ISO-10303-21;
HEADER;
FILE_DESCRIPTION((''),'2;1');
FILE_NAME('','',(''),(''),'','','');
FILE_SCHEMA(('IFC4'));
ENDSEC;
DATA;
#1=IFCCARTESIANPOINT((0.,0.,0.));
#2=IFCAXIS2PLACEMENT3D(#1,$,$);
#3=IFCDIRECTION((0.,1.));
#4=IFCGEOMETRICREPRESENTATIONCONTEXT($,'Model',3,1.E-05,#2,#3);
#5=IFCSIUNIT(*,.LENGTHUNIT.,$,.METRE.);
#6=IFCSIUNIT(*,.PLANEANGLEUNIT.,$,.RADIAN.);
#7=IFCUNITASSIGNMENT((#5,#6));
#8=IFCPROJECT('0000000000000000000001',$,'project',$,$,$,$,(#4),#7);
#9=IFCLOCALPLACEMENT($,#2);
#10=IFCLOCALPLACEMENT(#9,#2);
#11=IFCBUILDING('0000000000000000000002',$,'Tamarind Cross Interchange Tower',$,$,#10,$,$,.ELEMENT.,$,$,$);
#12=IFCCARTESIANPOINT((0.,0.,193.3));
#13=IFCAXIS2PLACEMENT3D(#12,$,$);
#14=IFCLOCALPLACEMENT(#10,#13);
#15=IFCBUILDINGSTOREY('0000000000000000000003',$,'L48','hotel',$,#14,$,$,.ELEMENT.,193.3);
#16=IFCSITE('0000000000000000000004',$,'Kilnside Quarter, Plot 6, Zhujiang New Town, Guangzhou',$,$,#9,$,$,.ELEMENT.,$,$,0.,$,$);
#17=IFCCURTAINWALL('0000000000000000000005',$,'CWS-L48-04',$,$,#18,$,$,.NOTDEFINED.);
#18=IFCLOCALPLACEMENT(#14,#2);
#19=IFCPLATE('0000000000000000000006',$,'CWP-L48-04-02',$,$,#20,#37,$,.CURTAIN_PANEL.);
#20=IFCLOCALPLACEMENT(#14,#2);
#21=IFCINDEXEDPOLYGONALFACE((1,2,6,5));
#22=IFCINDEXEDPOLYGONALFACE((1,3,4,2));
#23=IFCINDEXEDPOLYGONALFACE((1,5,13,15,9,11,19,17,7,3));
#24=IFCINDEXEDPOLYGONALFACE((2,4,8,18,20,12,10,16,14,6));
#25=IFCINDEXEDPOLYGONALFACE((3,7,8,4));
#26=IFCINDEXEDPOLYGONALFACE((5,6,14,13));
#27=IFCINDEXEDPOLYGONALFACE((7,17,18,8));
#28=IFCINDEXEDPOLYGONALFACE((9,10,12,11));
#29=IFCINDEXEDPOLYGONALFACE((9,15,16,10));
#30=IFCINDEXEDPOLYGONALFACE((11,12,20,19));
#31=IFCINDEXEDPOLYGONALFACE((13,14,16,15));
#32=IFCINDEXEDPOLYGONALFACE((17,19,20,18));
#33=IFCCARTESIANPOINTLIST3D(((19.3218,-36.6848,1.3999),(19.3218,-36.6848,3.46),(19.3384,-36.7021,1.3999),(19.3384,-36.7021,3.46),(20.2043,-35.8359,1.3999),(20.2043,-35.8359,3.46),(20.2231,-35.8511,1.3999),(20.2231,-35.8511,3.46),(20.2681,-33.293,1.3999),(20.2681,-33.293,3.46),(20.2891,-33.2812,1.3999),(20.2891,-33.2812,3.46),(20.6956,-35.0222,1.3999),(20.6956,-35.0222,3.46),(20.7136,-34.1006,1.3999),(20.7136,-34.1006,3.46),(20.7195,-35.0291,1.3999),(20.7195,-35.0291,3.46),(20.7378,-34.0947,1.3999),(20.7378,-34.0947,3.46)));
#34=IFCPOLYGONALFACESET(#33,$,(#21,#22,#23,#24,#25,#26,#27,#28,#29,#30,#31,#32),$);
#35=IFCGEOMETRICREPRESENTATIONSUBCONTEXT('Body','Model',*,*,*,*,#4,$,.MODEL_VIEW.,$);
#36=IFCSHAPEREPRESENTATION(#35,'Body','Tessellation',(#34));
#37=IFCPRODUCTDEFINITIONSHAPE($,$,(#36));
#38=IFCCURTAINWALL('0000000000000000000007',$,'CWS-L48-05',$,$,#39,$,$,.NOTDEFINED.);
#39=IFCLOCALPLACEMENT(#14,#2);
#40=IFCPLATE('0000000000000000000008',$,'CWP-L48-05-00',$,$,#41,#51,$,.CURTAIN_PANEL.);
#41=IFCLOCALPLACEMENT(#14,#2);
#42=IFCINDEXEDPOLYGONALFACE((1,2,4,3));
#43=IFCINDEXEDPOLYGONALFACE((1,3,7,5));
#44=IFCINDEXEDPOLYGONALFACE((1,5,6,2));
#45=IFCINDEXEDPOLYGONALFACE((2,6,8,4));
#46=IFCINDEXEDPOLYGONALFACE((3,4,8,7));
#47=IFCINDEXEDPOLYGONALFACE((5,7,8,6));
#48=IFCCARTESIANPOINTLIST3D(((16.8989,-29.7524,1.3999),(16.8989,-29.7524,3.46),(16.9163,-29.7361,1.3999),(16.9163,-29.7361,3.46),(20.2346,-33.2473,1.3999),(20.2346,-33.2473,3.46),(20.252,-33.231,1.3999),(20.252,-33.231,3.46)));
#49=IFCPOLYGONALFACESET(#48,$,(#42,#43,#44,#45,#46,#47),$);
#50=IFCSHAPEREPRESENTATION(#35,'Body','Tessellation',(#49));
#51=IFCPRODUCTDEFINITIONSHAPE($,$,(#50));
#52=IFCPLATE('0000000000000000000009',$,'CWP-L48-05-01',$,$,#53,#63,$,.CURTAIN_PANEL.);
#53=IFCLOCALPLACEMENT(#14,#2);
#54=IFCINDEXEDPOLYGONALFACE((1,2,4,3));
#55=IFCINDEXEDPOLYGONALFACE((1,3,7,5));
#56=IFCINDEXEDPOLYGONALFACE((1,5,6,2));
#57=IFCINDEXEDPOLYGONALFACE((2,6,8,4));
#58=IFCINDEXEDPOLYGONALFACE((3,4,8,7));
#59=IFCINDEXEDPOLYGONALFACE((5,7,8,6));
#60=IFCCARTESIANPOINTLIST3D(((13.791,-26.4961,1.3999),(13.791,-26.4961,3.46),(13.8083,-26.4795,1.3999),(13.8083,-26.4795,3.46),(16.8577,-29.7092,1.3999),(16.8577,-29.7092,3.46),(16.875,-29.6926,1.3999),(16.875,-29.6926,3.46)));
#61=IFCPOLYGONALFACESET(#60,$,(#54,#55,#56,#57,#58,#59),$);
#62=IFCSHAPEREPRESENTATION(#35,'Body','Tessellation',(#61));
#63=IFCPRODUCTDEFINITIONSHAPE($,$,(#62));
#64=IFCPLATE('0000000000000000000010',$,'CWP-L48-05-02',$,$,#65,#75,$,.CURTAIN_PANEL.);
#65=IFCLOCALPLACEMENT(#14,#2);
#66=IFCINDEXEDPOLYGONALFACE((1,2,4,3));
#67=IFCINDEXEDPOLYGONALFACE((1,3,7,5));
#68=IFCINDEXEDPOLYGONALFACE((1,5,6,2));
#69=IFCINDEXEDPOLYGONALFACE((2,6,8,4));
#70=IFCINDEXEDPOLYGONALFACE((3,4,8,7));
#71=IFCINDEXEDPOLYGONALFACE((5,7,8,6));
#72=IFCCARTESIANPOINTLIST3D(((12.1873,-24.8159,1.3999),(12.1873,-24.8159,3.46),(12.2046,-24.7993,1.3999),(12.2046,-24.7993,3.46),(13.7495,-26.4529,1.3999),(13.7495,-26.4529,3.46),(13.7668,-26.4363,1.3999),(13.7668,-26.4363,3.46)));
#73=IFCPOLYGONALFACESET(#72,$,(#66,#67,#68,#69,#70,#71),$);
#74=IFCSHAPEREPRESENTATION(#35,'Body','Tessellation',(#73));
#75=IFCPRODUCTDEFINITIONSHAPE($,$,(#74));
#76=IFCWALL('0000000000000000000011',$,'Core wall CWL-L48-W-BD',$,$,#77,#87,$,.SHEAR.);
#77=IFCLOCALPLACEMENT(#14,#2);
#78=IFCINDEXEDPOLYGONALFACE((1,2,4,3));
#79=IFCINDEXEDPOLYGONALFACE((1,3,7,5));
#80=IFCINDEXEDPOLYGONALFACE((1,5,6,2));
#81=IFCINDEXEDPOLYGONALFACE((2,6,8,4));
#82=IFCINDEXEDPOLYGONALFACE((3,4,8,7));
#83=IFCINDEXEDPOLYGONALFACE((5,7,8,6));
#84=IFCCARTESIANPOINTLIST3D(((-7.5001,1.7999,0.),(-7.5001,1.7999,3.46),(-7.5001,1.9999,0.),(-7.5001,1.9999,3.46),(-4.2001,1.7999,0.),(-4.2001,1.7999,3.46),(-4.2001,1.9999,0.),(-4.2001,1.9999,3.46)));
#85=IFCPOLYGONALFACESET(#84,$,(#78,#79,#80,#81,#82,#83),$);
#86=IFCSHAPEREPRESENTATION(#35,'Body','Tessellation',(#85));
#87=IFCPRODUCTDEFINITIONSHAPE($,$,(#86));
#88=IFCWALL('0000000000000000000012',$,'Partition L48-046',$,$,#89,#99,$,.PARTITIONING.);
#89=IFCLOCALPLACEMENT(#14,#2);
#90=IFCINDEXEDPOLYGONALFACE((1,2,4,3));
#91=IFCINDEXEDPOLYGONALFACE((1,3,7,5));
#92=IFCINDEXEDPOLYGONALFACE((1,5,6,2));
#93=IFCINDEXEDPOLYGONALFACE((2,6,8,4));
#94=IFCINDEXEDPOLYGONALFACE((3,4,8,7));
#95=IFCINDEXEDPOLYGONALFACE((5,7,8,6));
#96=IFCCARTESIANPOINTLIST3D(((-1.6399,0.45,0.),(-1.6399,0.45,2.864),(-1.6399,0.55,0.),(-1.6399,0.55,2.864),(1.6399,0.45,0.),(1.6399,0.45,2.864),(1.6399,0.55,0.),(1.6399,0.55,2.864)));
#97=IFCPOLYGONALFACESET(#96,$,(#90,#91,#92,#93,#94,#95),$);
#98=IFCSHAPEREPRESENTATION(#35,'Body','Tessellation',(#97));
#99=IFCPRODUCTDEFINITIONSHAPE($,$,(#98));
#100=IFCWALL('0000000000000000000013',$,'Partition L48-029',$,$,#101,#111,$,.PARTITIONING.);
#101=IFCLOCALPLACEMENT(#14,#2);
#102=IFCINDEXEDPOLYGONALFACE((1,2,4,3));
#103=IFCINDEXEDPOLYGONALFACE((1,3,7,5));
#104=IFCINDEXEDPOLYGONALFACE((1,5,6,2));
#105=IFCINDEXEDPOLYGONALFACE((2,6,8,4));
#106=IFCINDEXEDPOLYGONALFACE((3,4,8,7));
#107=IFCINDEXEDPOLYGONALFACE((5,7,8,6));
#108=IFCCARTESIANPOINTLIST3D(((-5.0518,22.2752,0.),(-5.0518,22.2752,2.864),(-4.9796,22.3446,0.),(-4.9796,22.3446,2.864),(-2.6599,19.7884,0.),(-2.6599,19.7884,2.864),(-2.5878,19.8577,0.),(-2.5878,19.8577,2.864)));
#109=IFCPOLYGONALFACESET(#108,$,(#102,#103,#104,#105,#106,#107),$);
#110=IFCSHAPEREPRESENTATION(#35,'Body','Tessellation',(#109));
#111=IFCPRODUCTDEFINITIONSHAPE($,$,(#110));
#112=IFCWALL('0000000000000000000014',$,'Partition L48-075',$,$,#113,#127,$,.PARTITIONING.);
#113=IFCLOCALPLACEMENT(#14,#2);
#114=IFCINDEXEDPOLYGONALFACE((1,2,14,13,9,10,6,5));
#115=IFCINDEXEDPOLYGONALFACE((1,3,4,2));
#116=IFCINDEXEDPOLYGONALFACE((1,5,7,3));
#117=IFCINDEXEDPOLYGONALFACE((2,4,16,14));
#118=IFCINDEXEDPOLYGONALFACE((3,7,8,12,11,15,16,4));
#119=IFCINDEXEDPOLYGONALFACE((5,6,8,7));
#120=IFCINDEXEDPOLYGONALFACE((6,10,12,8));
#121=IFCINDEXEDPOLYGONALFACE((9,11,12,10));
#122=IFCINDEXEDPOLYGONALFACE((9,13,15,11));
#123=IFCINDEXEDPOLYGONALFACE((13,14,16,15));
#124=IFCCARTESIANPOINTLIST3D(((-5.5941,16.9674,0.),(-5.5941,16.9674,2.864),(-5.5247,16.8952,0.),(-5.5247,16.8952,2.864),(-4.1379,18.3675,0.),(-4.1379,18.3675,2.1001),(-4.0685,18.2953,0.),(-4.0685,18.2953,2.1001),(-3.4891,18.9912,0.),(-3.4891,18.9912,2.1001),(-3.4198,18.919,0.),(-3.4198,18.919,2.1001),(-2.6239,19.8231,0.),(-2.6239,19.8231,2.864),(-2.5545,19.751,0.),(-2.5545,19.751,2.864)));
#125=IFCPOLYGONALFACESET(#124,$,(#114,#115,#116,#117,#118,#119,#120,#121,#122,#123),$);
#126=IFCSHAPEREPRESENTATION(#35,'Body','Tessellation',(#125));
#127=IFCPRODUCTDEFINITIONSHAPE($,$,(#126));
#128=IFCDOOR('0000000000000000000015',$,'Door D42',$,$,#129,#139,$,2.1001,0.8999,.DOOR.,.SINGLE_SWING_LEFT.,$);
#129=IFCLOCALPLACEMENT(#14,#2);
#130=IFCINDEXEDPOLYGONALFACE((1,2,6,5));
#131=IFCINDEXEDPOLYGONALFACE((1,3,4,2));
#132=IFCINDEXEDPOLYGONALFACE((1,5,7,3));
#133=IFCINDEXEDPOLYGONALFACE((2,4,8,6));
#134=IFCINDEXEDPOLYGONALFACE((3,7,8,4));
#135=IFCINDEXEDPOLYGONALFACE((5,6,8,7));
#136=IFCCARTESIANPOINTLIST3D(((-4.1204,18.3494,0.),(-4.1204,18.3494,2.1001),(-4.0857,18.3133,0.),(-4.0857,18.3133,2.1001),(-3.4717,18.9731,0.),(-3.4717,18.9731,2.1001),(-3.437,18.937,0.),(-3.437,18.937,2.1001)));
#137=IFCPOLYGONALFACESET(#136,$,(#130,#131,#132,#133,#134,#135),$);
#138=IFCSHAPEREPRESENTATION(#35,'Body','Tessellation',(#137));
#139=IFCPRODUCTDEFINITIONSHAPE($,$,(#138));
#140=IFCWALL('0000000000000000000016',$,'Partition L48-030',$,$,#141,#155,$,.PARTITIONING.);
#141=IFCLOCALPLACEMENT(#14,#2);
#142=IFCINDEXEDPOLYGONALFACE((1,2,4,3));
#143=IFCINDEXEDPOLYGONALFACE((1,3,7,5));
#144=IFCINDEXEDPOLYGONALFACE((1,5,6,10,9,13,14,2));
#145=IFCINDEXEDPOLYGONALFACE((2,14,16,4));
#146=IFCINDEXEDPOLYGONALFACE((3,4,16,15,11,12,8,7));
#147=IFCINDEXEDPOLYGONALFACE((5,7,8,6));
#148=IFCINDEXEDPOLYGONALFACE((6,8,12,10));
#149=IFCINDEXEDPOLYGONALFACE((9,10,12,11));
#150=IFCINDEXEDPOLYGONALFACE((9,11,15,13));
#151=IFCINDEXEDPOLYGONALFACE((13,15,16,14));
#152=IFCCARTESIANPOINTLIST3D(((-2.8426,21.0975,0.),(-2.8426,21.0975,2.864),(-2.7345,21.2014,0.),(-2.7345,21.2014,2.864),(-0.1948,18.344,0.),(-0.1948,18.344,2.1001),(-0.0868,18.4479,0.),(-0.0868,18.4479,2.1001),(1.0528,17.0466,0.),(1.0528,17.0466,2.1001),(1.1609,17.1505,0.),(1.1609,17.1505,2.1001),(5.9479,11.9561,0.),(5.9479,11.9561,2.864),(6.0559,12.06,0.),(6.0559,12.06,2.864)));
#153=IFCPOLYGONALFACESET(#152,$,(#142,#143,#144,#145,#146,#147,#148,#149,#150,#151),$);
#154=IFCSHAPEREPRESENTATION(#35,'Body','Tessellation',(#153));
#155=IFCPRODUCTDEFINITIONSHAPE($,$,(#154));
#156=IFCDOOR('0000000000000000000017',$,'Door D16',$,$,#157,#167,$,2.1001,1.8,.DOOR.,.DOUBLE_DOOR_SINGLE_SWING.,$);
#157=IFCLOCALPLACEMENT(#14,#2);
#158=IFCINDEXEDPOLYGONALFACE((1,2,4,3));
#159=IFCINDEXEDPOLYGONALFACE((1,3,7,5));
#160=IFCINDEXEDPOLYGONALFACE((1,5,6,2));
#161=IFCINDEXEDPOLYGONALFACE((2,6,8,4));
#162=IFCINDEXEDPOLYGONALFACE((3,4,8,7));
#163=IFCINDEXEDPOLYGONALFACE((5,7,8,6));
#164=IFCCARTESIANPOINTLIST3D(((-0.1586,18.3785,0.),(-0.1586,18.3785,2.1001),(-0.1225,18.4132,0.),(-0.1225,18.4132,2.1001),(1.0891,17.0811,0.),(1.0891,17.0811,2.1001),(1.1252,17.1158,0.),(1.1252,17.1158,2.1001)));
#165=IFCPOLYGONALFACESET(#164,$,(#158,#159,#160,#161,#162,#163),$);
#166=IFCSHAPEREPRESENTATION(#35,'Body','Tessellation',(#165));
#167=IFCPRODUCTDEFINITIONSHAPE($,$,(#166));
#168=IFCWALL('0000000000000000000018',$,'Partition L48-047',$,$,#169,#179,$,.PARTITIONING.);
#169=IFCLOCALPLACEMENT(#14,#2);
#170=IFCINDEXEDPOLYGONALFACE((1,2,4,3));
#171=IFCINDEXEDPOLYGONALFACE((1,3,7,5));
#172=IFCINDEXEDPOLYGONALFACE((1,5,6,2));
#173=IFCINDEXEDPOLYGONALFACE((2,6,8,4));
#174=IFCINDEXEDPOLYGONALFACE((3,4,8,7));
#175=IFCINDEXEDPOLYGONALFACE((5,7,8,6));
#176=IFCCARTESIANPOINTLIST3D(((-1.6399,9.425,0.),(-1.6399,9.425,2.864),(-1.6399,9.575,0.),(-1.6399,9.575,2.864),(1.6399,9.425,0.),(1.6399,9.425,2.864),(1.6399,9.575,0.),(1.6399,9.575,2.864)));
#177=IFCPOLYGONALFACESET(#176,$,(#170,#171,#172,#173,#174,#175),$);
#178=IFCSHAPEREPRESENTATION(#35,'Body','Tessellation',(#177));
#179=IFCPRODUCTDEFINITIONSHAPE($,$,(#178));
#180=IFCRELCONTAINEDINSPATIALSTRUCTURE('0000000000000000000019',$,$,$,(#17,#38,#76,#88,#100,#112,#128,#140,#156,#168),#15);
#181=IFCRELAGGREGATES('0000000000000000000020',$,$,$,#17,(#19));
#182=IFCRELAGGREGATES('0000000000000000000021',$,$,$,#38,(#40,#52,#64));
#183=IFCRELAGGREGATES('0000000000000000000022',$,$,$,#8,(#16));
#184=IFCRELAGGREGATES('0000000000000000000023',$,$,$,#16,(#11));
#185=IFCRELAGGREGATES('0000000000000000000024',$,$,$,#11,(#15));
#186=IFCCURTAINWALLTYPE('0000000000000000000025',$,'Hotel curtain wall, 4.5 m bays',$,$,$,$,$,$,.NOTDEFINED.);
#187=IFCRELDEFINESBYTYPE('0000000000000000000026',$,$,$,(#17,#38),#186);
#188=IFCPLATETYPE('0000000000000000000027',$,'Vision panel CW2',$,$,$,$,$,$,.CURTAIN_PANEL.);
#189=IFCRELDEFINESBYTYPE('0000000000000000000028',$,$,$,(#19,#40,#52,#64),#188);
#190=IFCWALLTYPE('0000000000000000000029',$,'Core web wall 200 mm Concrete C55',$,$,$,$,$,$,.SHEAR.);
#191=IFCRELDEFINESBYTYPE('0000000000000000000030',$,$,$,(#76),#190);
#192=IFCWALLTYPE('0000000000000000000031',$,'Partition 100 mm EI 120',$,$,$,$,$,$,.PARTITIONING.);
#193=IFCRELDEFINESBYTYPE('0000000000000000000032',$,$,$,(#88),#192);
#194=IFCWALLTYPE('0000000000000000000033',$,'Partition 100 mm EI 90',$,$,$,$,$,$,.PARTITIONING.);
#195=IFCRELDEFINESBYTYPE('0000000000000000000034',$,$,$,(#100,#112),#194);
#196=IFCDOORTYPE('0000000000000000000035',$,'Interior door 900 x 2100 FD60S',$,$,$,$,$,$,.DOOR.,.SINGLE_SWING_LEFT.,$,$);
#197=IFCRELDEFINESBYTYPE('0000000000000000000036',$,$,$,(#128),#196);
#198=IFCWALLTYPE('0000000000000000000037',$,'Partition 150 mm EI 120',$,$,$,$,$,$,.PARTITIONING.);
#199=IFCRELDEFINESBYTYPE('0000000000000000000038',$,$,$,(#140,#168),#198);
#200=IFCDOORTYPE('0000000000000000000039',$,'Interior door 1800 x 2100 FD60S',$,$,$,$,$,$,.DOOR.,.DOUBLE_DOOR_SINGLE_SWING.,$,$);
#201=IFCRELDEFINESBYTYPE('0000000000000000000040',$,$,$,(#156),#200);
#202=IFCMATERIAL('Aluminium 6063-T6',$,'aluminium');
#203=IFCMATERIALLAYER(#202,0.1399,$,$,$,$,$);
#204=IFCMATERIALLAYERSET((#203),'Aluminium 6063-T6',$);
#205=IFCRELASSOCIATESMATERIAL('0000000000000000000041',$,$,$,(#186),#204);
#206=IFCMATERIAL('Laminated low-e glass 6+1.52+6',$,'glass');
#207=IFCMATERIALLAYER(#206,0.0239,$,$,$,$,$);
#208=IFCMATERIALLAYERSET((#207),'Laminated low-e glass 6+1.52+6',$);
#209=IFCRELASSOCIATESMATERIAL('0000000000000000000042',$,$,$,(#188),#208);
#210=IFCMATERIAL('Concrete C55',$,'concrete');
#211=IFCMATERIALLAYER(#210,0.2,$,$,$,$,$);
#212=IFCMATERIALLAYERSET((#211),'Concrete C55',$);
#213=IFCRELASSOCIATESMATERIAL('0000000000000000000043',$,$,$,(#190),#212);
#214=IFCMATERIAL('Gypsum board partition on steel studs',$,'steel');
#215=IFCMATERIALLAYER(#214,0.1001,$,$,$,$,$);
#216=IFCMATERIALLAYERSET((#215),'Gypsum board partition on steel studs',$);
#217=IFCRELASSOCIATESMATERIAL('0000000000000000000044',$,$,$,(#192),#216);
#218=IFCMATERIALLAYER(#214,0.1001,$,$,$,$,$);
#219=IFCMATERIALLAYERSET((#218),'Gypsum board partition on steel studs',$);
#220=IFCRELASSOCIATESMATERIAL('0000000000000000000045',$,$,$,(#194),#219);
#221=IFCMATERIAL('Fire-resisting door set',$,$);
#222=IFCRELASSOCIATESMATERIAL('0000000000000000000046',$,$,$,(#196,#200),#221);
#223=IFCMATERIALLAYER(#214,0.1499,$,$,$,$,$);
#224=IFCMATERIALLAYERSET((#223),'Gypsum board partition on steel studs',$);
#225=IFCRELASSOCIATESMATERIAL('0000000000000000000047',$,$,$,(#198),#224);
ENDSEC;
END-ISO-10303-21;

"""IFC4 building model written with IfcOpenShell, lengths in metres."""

from ifc_helpers import new_model, si_unit, direction, frame, frame_2d, origin, place, context, subcontext, project, spatial, polyline, rectangle, outline, extrude, material, layer, layer_set, type_object, element, fill, aggregate, save


model = new_model("IFC4")

# Units and contexts
model_context = context("Model", 3, precision=1e-05, world=origin(), true_north=direction((0.0, 1.0)))
body_context = subcontext(model_context, "Body", "Model", "MODEL_VIEW")
ifc_project = project(units=[si_unit("LENGTHUNIT", "METRE"), si_unit("PLANEANGLEUNIT", "RADIAN")], contexts=[model_context])

# Site, building, storey
site_placement = place(None, origin())
site = spatial("IfcSite", under=ifc_project, at=site_placement, Name="Kilnside Quarter, Plot 6, Zhujiang New Town, Guangzhou", CompositionType="ELEMENT", RefElevation=0.0)
building_placement = place(site_placement, origin())
building = spatial("IfcBuilding", under=site, at=building_placement, Name="Tamarind Cross Interchange Tower", CompositionType="ELEMENT")
storey_placement = place(building_placement, frame((0.0, 0.0, 193.3)))
storey = spatial("IfcBuildingStorey", under=building, at=storey_placement, Name="L48", Description="hotel", CompositionType="ELEMENT", Elevation=193.3)

# Shared definitions
ifc_material_1 = material(Name="Concrete C55", Category="concrete")

# Curtain wall
ifc_material_2 = material(Name="Aluminium 6063-T6", Category="aluminium")
ifc_layer_1 = layer(ifc_material_2, 0.1399)
ifc_layer_set_1 = layer_set([ifc_layer_1], Name="Aluminium 6063-T6")
curtain_wall_type = type_object("IfcCurtainWallType", Name="Hotel curtain wall, 4.5 m bays", PredefinedType="NOTDEFINED", material=ifc_layer_set_1)
curtain_wall_1_placement = place(storey_placement, origin())
curtain_wall_1 = element("IfcCurtainWall", 1, at=curtain_wall_1_placement, inside=storey, type_object=curtain_wall_type, Name="CWS-L48-04", PredefinedType="NOTDEFINED")

# Plate
ifc_material_3 = material(Name="Laminated low-e glass 6+1.52+6", Category="glass")
ifc_layer_2 = layer(ifc_material_3, 0.0239)
ifc_layer_set_2 = layer_set([ifc_layer_2], Name="Laminated low-e glass 6+1.52+6")
plate_type = type_object("IfcPlateType", Name="Vision panel CW2", PredefinedType="CURTAIN_PANEL", material=ifc_layer_set_2)
plate_1_placement = place(storey_placement, frame((0.0, 0.0, 1.3999)))
plate_1 = element("IfcPlate", 2, at=plate_1_placement, type_object=plate_type, Name="CWP-L48-04-02", PredefinedType="CURTAIN_PANEL", context=body_context, shape_type="SweptSolid", body=[
    extrude(outline(polyline([(19.3218, -36.6848), (20.2043, -35.8359), (20.6956, -35.0222), (20.7136, -34.1006), (20.2681, -33.293), (20.2891, -33.2812), (20.7378, -34.0947), (20.7195, -35.0291), (20.2231, -35.8511), (19.3384, -36.7021), (19.3218, -36.6848)])), origin(), (0.0, 0.0, 1.0), 2.0601),
])
aggregate(curtain_wall_1, [plate_1])

# Curtain wall, plates
curtain_wall_2_placement = place(storey_placement, origin())
curtain_wall_2 = element("IfcCurtainWall", 3, at=curtain_wall_2_placement, inside=storey, type_object=curtain_wall_type, Name="CWS-L48-05", PredefinedType="NOTDEFINED")
plate_2_placement = place(storey_placement, frame((0.0, 0.0, 1.3999)))
plate_2 = element("IfcPlate", 4, at=plate_2_placement, type_object=plate_type, Name="CWP-L48-05-00", PredefinedType="CURTAIN_PANEL", context=body_context, shape_type="SweptSolid", body=[
    extrude(outline(polyline([(20.2346, -33.2473), (16.8989, -29.7524), (16.9163, -29.7361), (20.252, -33.231), (20.2346, -33.2473)])), origin(), (0.0, 0.0, 1.0), 2.0601),
])
plate_3_placement = place(storey_placement, frame((0.0, 0.0, 1.3999)))
plate_3 = element("IfcPlate", 5, at=plate_3_placement, type_object=plate_type, Name="CWP-L48-05-01", PredefinedType="CURTAIN_PANEL", context=body_context, shape_type="SweptSolid", body=[
    extrude(outline(polyline([(16.8577, -29.7092), (13.791, -26.4961), (13.8083, -26.4795), (16.875, -29.6926), (16.8577, -29.7092)])), origin(), (0.0, 0.0, 1.0), 2.0601),
])
plate_4_placement = place(storey_placement, frame((0.0, 0.0, 1.3999)))
plate_4 = element("IfcPlate", 6, at=plate_4_placement, type_object=plate_type, Name="CWP-L48-05-02", PredefinedType="CURTAIN_PANEL", context=body_context, shape_type="SweptSolid", body=[
    extrude(outline(polyline([(13.7495, -26.4529), (12.1873, -24.8159), (12.2046, -24.7993), (13.7668, -26.4363), (13.7495, -26.4529)])), origin(), (0.0, 0.0, 1.0), 2.0601),
])
aggregate(curtain_wall_2, [plate_2, plate_3, plate_4])

# Walls
ifc_layer_3 = layer(ifc_material_1, 0.2)
ifc_layer_set_3 = layer_set([ifc_layer_3], Name="Concrete C55")
wall_type_1 = type_object("IfcWallType", Name="Core web wall 200 mm Concrete C55", PredefinedType="SHEAR", material=ifc_layer_set_3)
wall_1_placement = place(storey_placement, frame((-7.5, 1.8999, 0.0), z_axis=(0.0, 0.0, 1.0), x_axis=(1.0, 0.0, 0.0)))
element("IfcWall", 7, at=wall_1_placement, inside=storey, type_object=wall_type_1, Name="Core wall CWL-L48-W-BD", PredefinedType="SHEAR", context=body_context, shape_type="SweptSolid", body=[
    extrude(rectangle(XDim=3.3, YDim=0.2, at=frame_2d((1.6499, 0.0))), origin(), (0.0, 0.0, 1.0), 3.46),
])
ifc_material_4 = material(Name="Gypsum board partition on steel studs", Category="steel")
ifc_layer_4 = layer(ifc_material_4, 0.1001)
ifc_layer_set_4 = layer_set([ifc_layer_4], Name="Gypsum board partition on steel studs")
wall_type_2 = type_object("IfcWallType", Name="Partition 100 mm EI 120", PredefinedType="PARTITIONING", material=ifc_layer_set_4)
wall_2_placement = place(storey_placement, frame((-1.6399, 0.5, 0.0), z_axis=(0.0, 0.0, 1.0), x_axis=(1.0, 0.0, 0.0)))
element("IfcWall", 8, at=wall_2_placement, inside=storey, type_object=wall_type_2, Name="Partition L48-046", PredefinedType="PARTITIONING", context=body_context, shape_type="SweptSolid", body=[
    extrude(rectangle(XDim=3.2798, YDim=0.1001, at=frame_2d((1.6399, 0.0))), origin(), (0.0, 0.0, 1.0), 2.864),
])
ifc_layer_5 = layer(ifc_material_4, 0.1001)
ifc_layer_set_5 = layer_set([ifc_layer_5], Name="Gypsum board partition on steel studs")
wall_type_3 = type_object("IfcWallType", Name="Partition 100 mm EI 90", PredefinedType="PARTITIONING", material=ifc_layer_set_5)
wall_3_placement = place(storey_placement, frame((-5.0156, 22.3098, 0.0), z_axis=(0.0, 0.0, 1.0), x_axis=(0.693211, -0.720735, 0.0)))
element("IfcWall", 9, at=wall_3_placement, inside=storey, type_object=wall_type_3, Name="Partition L48-029", PredefinedType="PARTITIONING", context=body_context, shape_type="SweptSolid", body=[
    extrude(rectangle(XDim=3.4504, YDim=0.1001, at=frame_2d((1.7251, 0.0))), origin(), (0.0, 0.0, 1.0), 2.864),
])

# Walls, openings, doors
wall_4_placement = place(storey_placement, frame((-5.5593, 16.9314, 0.0), z_axis=(0.0, 0.0, 1.0), x_axis=(0.720865, 0.693076, 0.0)))
wall_4 = element("IfcWall", 10, at=wall_4_placement, inside=storey, type_object=wall_type_3, Name="Partition L48-075", PredefinedType="PARTITIONING", context=body_context, shape_type="SweptSolid", body=[
    extrude(rectangle(XDim=4.1204, YDim=0.1001, at=frame_2d((2.0601, 0.0))), origin(), (0.0, 0.0, 1.0), 2.864),
])
opening_1_placement = place(wall_4_placement, frame((2.02, 0.0, 0.0)))
opening_1 = element("IfcOpeningElement", 11, at=opening_1_placement, cuts=wall_4, PredefinedType="OPENING", context=body_context, shape_type="SweptSolid", body=[
    extrude(rectangle(XDim=0.8999, YDim=2.1001, at=frame_2d((0.45, 1.05))), frame((0.0, 0.0601, 0.0), z_axis=(0.0, -1.0, 0.0), x_axis=(1.0, 0.0, 0.0)), (0.0, 0.0, 1.0), 0.1201),
])
ifc_material_5 = material(Name="Fire-resisting door set")
door_type_1 = type_object("IfcDoorType", Name="Interior door 900 x 2100 FD60S", OperationType="SINGLE_SWING_LEFT", PredefinedType="DOOR", material=ifc_material_5)
door_1_placement = place(opening_1_placement, origin())
door_1 = element("IfcDoor", 12, at=door_1_placement, inside=storey, type_object=door_type_1, Name="Door D42", OperationType="SINGLE_SWING_LEFT", OverallHeight=2.1001, OverallWidth=0.8999, PredefinedType="DOOR", context=body_context, shape_type="SweptSolid", body=[
    extrude(rectangle(XDim=0.8999, YDim=2.1001, at=frame_2d((0.45, 1.05))), frame((0.0, 0.0249, 0.0), z_axis=(0.0, -1.0, 0.0), x_axis=(1.0, 0.0, 0.0)), (0.0, 0.0, 1.0), 0.05),
])
fill(opening_1, door_1)
ifc_layer_6 = layer(ifc_material_4, 0.1499)
ifc_layer_set_6 = layer_set([ifc_layer_6], Name="Gypsum board partition on steel studs")
wall_type_4 = type_object("IfcWallType", Name="Partition 150 mm EI 120", PredefinedType="PARTITIONING", material=ifc_layer_set_6)
wall_5_placement = place(storey_placement, frame((-2.7886, 21.1494, 0.0), z_axis=(0.0, 0.0, 1.0), x_axis=(0.69314, -0.720803, 0.0)))
wall_5 = element("IfcWall", 13, at=wall_5_placement, inside=storey, type_object=wall_type_4, Name="Partition L48-030", PredefinedType="PARTITIONING", context=body_context, shape_type="SweptSolid", body=[
    extrude(rectangle(XDim=12.6821, YDim=0.1499, at=frame_2d((6.3411, 0.0))), origin(), (0.0, 0.0, 1.0), 2.864),
])
opening_2_placement = place(wall_5_placement, frame((3.8201, 0.0, 0.0)))
opening_2 = element("IfcOpeningElement", 14, at=opening_2_placement, cuts=wall_5, PredefinedType="OPENING", context=body_context, shape_type="SweptSolid", body=[
    extrude(rectangle(XDim=1.8, YDim=2.1001, at=frame_2d((0.8999, 1.05))), frame((0.0, 0.085, 0.0), z_axis=(0.0, -1.0, 0.0), x_axis=(1.0, 0.0, 0.0)), (0.0, 0.0, 1.0), 0.1699),
])
door_type_2 = type_object("IfcDoorType", Name="Interior door 1800 x 2100 FD60S", OperationType="DOUBLE_DOOR_SINGLE_SWING", PredefinedType="DOOR", material=ifc_material_5)
door_2_placement = place(opening_2_placement, frame((1.8, 0.0, 0.0), z_axis=(0.0, 0.0, 1.0), x_axis=(-1.0, 0.0, 0.0)))
door_2 = element("IfcDoor", 15, at=door_2_placement, inside=storey, type_object=door_type_2, Name="Door D16", OperationType="DOUBLE_DOOR_SINGLE_SWING", OverallHeight=2.1001, OverallWidth=1.8, PredefinedType="DOOR", context=body_context, shape_type="SweptSolid", body=[
    extrude(rectangle(XDim=1.8, YDim=2.1001, at=frame_2d((0.8999, 1.05))), frame((0.0, 0.0249, 0.0), z_axis=(0.0, -1.0, 0.0), x_axis=(1.0, 0.0, 0.0)), (0.0, 0.0, 1.0), 0.05),
])
fill(opening_2, door_2)

# Wall
wall_6_placement = place(storey_placement, frame((-1.6399, 9.5, 0.0), z_axis=(0.0, 0.0, 1.0), x_axis=(1.0, 0.0, 0.0)))
element("IfcWall", 16, at=wall_6_placement, inside=storey, type_object=wall_type_4, Name="Partition L48-047", PredefinedType="PARTITIONING", context=body_context, shape_type="SweptSolid", body=[
    extrude(rectangle(XDim=3.2798, YDim=0.1499, at=frame_2d((1.6399, 0.0))), origin(), (0.0, 0.0, 1.0), 2.864),
])

save(model, "model.ifc")
